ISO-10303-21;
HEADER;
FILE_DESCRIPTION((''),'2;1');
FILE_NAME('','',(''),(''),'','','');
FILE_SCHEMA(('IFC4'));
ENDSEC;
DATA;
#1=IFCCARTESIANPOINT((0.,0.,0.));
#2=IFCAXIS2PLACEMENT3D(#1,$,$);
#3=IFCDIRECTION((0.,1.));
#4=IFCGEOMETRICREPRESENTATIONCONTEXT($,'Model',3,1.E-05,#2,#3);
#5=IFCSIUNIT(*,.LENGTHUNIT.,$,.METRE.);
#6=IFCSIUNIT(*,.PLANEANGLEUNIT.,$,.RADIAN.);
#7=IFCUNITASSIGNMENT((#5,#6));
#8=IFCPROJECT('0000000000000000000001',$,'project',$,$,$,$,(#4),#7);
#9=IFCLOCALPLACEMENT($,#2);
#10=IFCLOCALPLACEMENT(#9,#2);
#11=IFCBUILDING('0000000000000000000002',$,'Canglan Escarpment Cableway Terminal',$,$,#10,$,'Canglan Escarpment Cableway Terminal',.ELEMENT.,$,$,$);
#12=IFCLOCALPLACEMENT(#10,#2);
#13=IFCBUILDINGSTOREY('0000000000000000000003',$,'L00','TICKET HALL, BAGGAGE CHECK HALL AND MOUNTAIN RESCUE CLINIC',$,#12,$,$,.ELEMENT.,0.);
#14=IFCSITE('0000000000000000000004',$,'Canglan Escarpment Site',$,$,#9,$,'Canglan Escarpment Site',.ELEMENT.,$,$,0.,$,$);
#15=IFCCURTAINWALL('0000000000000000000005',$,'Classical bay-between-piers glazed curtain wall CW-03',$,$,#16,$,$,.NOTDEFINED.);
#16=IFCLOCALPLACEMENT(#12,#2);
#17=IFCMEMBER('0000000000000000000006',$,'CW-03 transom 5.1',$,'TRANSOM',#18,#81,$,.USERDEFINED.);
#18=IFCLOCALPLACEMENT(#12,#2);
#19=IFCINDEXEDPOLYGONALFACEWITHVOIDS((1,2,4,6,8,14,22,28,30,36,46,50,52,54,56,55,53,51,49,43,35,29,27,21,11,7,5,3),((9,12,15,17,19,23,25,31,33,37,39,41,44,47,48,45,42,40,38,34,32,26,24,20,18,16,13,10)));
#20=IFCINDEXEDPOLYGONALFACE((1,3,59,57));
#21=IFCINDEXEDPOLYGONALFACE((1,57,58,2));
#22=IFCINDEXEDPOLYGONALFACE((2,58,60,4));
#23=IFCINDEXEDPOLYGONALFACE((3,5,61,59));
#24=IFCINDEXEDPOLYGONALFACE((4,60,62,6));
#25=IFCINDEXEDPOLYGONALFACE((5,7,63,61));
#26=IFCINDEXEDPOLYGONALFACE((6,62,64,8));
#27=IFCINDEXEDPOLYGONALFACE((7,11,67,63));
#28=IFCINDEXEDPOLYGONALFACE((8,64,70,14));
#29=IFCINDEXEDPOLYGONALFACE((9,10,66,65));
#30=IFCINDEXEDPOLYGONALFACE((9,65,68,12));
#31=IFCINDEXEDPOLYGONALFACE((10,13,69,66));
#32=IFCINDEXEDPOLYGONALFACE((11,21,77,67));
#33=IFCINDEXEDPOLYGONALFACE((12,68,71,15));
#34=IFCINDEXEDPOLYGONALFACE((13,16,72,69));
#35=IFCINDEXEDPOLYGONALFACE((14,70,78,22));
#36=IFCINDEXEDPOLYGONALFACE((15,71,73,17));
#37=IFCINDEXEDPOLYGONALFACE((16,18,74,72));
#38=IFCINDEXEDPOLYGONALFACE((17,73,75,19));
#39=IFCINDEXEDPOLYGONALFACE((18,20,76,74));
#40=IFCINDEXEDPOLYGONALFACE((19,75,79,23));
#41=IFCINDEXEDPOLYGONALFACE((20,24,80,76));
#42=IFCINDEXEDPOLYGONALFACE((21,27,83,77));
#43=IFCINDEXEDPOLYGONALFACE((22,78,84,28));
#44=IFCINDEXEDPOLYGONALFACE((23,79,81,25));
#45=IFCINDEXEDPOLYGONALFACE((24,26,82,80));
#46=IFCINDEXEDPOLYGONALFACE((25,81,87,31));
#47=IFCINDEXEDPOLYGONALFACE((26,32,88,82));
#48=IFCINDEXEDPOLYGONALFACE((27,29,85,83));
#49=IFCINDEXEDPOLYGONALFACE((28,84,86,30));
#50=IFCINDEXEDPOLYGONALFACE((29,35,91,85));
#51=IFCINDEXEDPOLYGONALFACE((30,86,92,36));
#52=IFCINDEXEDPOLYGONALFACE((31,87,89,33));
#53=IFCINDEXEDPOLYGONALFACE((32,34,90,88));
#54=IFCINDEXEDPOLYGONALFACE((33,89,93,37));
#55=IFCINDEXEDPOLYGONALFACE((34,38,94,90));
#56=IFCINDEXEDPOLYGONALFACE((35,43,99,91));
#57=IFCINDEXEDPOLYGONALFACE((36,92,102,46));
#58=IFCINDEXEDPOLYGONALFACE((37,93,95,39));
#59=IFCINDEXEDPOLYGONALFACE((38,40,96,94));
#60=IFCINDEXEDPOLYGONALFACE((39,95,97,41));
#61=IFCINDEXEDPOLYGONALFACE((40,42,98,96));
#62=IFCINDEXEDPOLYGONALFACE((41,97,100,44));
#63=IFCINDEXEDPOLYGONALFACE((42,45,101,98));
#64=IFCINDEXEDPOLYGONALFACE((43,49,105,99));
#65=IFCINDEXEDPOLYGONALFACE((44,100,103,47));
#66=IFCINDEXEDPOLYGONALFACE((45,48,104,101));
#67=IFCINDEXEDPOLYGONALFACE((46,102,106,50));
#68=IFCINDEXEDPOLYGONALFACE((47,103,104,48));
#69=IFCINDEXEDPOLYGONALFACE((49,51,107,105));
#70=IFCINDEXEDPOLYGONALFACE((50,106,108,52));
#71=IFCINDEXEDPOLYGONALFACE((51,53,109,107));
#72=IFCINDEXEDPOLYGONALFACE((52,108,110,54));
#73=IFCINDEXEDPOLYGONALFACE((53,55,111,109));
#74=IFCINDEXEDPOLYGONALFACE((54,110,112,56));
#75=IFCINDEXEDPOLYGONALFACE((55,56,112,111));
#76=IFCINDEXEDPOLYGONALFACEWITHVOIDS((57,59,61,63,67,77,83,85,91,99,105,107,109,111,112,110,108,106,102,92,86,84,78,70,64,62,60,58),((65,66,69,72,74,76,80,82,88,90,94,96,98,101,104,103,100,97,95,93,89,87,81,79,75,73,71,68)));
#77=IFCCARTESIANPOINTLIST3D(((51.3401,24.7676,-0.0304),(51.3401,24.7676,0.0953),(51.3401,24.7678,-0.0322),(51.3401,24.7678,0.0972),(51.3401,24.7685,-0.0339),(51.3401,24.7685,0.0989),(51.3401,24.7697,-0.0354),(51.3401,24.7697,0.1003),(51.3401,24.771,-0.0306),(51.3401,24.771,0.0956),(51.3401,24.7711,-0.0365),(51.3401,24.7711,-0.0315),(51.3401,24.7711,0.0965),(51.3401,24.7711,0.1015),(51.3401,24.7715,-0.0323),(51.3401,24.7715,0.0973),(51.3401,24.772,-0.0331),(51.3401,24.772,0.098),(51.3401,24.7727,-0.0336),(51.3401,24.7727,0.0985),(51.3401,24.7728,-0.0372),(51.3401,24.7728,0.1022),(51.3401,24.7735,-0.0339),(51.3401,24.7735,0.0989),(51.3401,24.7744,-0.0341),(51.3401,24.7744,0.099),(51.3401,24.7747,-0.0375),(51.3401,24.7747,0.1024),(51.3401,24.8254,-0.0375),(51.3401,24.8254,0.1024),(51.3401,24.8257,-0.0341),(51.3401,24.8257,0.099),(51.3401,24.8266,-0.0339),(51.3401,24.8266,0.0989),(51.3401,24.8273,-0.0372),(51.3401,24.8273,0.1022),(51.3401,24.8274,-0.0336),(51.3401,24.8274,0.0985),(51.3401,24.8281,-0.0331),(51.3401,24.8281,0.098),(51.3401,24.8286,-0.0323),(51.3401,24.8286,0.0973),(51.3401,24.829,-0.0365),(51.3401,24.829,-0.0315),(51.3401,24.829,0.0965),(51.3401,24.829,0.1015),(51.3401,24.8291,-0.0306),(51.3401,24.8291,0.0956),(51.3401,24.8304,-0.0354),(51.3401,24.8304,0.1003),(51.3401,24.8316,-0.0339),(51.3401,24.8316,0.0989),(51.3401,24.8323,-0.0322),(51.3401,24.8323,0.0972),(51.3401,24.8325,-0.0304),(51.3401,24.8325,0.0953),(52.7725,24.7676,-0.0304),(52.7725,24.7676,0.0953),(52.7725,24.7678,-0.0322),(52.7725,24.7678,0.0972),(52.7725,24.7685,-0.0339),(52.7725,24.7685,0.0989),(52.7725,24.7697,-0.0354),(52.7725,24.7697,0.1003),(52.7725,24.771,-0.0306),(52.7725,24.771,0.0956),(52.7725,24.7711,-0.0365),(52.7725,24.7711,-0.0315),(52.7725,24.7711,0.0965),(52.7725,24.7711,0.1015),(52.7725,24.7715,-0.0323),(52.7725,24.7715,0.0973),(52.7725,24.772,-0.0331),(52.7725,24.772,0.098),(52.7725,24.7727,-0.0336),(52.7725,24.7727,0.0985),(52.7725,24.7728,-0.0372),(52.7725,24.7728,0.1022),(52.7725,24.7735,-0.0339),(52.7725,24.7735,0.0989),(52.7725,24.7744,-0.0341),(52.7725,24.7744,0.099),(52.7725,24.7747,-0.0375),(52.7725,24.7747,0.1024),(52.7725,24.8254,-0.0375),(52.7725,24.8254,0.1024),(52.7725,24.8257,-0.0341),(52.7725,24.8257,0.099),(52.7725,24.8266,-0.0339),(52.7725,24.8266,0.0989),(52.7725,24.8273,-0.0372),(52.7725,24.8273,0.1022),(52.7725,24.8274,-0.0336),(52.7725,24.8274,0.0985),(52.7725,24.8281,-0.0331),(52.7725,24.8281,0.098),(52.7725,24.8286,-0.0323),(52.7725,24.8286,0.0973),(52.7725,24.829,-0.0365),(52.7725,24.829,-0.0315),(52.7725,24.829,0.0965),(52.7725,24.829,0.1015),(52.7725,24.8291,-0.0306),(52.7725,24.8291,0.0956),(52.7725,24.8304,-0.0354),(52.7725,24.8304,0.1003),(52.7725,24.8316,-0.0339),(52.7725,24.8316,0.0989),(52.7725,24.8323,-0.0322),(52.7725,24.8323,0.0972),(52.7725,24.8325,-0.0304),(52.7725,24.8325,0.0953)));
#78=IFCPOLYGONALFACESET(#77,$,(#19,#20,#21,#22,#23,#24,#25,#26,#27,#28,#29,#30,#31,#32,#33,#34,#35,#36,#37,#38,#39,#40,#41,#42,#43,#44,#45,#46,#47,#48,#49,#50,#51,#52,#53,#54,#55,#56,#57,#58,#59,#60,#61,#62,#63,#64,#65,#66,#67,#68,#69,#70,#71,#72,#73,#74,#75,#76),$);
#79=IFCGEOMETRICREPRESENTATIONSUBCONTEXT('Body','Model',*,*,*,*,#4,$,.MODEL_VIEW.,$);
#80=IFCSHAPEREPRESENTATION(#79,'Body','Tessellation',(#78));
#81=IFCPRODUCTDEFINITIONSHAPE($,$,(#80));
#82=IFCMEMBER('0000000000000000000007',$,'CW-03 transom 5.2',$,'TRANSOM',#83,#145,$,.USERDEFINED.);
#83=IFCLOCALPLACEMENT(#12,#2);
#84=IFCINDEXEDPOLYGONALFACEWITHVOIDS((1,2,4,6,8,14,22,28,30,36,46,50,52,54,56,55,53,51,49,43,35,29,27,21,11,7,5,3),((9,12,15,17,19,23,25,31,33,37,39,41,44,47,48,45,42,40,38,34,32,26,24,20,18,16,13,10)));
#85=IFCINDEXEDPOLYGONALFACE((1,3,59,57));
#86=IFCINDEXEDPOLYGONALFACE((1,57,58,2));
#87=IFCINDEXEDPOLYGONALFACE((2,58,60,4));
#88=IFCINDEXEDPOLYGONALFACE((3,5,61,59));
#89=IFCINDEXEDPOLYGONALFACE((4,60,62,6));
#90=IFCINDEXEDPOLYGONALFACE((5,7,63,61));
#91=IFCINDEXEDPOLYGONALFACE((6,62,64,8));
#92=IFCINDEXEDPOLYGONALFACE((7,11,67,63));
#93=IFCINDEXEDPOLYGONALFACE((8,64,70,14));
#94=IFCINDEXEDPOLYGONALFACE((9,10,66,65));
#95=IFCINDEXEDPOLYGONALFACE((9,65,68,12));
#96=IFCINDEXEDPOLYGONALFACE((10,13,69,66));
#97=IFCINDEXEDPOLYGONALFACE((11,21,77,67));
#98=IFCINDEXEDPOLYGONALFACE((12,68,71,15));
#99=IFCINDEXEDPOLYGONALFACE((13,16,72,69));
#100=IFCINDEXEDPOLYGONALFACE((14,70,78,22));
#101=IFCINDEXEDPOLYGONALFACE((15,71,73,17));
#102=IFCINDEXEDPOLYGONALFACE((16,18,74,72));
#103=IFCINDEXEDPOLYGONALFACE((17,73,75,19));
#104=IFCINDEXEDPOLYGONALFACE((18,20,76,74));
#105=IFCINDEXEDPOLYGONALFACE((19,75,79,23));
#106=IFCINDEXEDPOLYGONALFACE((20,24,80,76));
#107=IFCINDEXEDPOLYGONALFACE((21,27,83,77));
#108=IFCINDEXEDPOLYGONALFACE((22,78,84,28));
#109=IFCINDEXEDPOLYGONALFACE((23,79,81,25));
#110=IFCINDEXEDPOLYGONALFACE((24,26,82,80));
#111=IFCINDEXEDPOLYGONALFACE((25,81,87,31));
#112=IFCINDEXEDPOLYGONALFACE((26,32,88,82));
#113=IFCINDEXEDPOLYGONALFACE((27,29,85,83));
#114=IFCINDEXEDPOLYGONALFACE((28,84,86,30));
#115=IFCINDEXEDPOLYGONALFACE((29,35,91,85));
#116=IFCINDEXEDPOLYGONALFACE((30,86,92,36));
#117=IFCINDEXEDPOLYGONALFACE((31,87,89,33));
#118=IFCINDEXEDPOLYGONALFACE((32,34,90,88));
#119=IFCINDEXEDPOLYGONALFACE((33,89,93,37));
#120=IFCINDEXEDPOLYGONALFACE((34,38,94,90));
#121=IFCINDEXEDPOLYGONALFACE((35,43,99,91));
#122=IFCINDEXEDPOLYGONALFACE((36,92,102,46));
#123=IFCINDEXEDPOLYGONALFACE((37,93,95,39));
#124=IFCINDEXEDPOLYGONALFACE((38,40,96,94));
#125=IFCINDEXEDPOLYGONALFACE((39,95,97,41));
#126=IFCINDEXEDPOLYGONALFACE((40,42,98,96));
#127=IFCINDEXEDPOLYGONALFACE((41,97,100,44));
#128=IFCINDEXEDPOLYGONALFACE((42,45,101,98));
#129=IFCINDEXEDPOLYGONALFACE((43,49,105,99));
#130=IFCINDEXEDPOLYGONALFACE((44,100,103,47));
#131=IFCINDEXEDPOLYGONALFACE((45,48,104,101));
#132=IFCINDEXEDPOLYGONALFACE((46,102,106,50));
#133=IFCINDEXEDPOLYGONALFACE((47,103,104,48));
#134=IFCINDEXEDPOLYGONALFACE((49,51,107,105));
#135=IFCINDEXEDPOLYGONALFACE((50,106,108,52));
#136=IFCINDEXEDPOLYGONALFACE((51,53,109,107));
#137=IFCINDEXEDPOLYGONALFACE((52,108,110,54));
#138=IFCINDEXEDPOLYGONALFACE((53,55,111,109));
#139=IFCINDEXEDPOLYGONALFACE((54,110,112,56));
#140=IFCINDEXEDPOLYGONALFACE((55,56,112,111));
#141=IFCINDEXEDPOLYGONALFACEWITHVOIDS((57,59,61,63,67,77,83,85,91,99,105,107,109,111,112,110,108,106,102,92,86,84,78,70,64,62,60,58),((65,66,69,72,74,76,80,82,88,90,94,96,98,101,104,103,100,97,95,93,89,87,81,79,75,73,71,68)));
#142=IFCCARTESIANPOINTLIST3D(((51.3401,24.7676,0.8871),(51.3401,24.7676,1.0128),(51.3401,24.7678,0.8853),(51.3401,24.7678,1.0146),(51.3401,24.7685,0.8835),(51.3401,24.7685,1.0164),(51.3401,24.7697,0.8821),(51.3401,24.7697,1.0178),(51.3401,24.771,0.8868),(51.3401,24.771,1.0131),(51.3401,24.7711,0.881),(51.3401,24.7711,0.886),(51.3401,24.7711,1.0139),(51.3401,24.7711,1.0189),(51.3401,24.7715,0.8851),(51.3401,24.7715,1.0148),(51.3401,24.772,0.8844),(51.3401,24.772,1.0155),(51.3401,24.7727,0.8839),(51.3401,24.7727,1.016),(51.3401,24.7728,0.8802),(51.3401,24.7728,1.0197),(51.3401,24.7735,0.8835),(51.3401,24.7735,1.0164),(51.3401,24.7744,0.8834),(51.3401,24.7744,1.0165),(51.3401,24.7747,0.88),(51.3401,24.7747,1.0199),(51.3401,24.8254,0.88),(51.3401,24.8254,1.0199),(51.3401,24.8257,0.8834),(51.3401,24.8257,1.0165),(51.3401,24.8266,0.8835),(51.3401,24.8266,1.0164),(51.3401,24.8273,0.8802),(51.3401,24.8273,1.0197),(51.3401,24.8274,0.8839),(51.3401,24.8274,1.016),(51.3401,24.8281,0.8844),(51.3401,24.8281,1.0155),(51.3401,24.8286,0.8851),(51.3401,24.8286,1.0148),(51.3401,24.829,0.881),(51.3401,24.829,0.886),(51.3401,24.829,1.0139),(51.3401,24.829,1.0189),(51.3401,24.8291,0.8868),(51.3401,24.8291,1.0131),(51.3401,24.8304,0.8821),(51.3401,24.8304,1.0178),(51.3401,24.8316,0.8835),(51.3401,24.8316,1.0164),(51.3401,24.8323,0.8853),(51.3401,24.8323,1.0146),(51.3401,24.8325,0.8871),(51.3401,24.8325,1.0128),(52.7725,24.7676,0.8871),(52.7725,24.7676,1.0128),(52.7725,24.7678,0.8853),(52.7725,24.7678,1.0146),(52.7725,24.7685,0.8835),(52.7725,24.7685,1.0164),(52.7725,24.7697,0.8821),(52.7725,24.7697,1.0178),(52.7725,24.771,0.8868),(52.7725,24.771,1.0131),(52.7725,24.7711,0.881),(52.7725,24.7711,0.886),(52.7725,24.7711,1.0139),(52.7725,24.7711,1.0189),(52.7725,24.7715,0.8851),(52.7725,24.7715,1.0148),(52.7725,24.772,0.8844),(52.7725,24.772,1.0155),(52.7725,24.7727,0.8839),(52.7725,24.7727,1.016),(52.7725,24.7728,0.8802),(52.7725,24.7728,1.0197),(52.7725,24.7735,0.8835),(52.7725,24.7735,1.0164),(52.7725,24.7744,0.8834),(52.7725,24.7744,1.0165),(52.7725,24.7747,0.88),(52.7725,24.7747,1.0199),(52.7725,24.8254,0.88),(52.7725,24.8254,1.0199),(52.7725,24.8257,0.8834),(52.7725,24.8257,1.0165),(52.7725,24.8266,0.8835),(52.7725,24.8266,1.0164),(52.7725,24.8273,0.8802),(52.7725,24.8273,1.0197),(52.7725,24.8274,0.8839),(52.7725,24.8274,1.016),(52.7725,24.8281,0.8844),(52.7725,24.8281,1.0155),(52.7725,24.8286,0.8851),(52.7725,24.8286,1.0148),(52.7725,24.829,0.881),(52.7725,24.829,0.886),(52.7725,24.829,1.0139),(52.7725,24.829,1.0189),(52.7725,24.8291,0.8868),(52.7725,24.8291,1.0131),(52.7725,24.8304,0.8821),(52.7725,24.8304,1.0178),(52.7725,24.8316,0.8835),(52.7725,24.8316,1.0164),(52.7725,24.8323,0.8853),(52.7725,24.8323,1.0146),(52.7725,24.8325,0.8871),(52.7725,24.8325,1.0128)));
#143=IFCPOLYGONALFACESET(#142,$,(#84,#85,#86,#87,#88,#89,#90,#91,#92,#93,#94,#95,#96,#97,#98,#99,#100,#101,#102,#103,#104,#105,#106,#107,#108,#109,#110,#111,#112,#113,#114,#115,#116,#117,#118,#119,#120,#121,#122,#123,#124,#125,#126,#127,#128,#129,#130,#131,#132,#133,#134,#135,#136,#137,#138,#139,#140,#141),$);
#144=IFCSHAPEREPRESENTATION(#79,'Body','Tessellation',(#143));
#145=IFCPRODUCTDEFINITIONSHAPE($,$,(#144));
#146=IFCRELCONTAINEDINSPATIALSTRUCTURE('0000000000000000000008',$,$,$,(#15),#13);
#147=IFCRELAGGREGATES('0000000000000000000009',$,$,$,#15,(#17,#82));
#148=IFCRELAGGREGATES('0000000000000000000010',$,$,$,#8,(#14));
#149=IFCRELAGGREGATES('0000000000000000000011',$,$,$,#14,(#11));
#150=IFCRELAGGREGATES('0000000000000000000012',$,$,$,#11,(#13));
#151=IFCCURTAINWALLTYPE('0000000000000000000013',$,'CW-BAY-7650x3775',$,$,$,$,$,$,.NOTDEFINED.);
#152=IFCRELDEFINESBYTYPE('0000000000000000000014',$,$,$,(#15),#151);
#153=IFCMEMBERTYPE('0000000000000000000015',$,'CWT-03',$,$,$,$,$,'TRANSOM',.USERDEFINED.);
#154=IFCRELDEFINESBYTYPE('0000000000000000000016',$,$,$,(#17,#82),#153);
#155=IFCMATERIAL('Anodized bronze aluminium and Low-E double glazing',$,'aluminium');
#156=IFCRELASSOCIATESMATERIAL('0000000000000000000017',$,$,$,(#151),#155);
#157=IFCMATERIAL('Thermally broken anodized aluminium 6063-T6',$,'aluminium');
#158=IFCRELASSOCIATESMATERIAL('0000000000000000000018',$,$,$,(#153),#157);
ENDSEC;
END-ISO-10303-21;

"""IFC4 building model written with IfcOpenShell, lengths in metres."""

from ifc_helpers import new_model, si_unit, direction, frame, origin, origin_2d, place, context, subcontext, project, spatial, hollow_rectangle, extrude, material, material_profile, profile_set, type_object, element, aggregate, save


model = new_model("IFC4")

# Units and contexts
model_context = context("Model", 3, precision=1e-05, world=origin(), true_north=direction((0.0, 1.0)))
body_context = subcontext(model_context, "Body", "Model", "MODEL_VIEW")
ifc_project = project(units=[si_unit("LENGTHUNIT", "METRE"), si_unit("PLANEANGLEUNIT", "RADIAN")], contexts=[model_context])

# Site, building, storey
site_placement = place(None, origin())
site = spatial("IfcSite", under=ifc_project, at=site_placement, Name="Canglan Escarpment Site", LongName="Canglan Escarpment Site", CompositionType="ELEMENT", RefElevation=0.0)
building_placement = place(site_placement, origin())
building = spatial("IfcBuilding", under=site, at=building_placement, Name="Canglan Escarpment Cableway Terminal", LongName="Canglan Escarpment Cableway Terminal", CompositionType="ELEMENT")
storey_placement = place(building_placement, origin())
storey = spatial("IfcBuildingStorey", under=building, at=storey_placement, Name="L00", Description="TICKET HALL, BAGGAGE CHECK HALL AND MOUNTAIN RESCUE CLINIC", CompositionType="ELEMENT", Elevation=0.0)

# Curtain wall, members
ifc_material_1 = material(Name="Anodized bronze aluminium and Low-E double glazing", Category="aluminium")
curtain_wall_type = type_object("IfcCurtainWallType", Name="CW-BAY-7650x3775", PredefinedType="NOTDEFINED", material=ifc_material_1)
curtain_wall_placement = place(storey_placement, origin())
curtain_wall = element("IfcCurtainWall", 1, at=curtain_wall_placement, inside=storey, type_object=curtain_wall_type, Name="Classical bay-between-piers glazed curtain wall CW-03", PredefinedType="NOTDEFINED")
ifc_material_2 = material(Name="Thermally broken anodized aluminium 6063-T6", Category="aluminium")
ifc_material_profile_1 = material_profile(ifc_material_2, hollow_rectangle(XDim=0.0649, YDim=0.1399, WallThickness=0.0034, InnerFilletRadius=0.0034, OuterFilletRadius=0.0071, at=origin_2d()), Name="ALU-TRAN 65x140x3.5")
ifc_profile_set_1 = profile_set([ifc_material_profile_1], Name="Thermally broken anodized aluminium 6063-T6")
member_type_1 = type_object("IfcMemberType", Name="CWT-03", ElementType="TRANSOM", PredefinedType="USERDEFINED", material=ifc_profile_set_1)
member_1_placement = place(storey_placement, frame((52.7725, 24.8, 0.0325), z_axis=(-1.0, 0.0, 0.0), x_axis=(0.0, -1.0, 0.0)))
member_1 = element("IfcMember", 2, at=member_1_placement, type_object=member_type_1, Name="CW-03 transom 5.1", ObjectType="TRANSOM", PredefinedType="USERDEFINED", context=body_context, shape_type="SweptSolid", body=[
    extrude(hollow_rectangle(XDim=0.0649, YDim=0.1399, WallThickness=0.0034, InnerFilletRadius=0.0034, OuterFilletRadius=0.0071, at=origin_2d()), origin(), (0.0, 0.0, 1.0), 1.4324),
])
member_2_placement = place(storey_placement, frame((52.7725, 24.8, 0.95), z_axis=(-1.0, 0.0, 0.0), x_axis=(0.0, -1.0, 0.0)))
member_2 = element("IfcMember", 3, at=member_2_placement, type_object=member_type_1, Name="CW-03 transom 5.2", ObjectType="TRANSOM", PredefinedType="USERDEFINED", context=body_context, shape_type="SweptSolid", body=[
    extrude(hollow_rectangle(XDim=0.0649, YDim=0.1399, WallThickness=0.0034, InnerFilletRadius=0.0034, OuterFilletRadius=0.0071, at=origin_2d()), origin(), (0.0, 0.0, 1.0), 1.4324),
])
aggregate(curtain_wall, [member_1, member_2])

save(model, "model.ifc")
